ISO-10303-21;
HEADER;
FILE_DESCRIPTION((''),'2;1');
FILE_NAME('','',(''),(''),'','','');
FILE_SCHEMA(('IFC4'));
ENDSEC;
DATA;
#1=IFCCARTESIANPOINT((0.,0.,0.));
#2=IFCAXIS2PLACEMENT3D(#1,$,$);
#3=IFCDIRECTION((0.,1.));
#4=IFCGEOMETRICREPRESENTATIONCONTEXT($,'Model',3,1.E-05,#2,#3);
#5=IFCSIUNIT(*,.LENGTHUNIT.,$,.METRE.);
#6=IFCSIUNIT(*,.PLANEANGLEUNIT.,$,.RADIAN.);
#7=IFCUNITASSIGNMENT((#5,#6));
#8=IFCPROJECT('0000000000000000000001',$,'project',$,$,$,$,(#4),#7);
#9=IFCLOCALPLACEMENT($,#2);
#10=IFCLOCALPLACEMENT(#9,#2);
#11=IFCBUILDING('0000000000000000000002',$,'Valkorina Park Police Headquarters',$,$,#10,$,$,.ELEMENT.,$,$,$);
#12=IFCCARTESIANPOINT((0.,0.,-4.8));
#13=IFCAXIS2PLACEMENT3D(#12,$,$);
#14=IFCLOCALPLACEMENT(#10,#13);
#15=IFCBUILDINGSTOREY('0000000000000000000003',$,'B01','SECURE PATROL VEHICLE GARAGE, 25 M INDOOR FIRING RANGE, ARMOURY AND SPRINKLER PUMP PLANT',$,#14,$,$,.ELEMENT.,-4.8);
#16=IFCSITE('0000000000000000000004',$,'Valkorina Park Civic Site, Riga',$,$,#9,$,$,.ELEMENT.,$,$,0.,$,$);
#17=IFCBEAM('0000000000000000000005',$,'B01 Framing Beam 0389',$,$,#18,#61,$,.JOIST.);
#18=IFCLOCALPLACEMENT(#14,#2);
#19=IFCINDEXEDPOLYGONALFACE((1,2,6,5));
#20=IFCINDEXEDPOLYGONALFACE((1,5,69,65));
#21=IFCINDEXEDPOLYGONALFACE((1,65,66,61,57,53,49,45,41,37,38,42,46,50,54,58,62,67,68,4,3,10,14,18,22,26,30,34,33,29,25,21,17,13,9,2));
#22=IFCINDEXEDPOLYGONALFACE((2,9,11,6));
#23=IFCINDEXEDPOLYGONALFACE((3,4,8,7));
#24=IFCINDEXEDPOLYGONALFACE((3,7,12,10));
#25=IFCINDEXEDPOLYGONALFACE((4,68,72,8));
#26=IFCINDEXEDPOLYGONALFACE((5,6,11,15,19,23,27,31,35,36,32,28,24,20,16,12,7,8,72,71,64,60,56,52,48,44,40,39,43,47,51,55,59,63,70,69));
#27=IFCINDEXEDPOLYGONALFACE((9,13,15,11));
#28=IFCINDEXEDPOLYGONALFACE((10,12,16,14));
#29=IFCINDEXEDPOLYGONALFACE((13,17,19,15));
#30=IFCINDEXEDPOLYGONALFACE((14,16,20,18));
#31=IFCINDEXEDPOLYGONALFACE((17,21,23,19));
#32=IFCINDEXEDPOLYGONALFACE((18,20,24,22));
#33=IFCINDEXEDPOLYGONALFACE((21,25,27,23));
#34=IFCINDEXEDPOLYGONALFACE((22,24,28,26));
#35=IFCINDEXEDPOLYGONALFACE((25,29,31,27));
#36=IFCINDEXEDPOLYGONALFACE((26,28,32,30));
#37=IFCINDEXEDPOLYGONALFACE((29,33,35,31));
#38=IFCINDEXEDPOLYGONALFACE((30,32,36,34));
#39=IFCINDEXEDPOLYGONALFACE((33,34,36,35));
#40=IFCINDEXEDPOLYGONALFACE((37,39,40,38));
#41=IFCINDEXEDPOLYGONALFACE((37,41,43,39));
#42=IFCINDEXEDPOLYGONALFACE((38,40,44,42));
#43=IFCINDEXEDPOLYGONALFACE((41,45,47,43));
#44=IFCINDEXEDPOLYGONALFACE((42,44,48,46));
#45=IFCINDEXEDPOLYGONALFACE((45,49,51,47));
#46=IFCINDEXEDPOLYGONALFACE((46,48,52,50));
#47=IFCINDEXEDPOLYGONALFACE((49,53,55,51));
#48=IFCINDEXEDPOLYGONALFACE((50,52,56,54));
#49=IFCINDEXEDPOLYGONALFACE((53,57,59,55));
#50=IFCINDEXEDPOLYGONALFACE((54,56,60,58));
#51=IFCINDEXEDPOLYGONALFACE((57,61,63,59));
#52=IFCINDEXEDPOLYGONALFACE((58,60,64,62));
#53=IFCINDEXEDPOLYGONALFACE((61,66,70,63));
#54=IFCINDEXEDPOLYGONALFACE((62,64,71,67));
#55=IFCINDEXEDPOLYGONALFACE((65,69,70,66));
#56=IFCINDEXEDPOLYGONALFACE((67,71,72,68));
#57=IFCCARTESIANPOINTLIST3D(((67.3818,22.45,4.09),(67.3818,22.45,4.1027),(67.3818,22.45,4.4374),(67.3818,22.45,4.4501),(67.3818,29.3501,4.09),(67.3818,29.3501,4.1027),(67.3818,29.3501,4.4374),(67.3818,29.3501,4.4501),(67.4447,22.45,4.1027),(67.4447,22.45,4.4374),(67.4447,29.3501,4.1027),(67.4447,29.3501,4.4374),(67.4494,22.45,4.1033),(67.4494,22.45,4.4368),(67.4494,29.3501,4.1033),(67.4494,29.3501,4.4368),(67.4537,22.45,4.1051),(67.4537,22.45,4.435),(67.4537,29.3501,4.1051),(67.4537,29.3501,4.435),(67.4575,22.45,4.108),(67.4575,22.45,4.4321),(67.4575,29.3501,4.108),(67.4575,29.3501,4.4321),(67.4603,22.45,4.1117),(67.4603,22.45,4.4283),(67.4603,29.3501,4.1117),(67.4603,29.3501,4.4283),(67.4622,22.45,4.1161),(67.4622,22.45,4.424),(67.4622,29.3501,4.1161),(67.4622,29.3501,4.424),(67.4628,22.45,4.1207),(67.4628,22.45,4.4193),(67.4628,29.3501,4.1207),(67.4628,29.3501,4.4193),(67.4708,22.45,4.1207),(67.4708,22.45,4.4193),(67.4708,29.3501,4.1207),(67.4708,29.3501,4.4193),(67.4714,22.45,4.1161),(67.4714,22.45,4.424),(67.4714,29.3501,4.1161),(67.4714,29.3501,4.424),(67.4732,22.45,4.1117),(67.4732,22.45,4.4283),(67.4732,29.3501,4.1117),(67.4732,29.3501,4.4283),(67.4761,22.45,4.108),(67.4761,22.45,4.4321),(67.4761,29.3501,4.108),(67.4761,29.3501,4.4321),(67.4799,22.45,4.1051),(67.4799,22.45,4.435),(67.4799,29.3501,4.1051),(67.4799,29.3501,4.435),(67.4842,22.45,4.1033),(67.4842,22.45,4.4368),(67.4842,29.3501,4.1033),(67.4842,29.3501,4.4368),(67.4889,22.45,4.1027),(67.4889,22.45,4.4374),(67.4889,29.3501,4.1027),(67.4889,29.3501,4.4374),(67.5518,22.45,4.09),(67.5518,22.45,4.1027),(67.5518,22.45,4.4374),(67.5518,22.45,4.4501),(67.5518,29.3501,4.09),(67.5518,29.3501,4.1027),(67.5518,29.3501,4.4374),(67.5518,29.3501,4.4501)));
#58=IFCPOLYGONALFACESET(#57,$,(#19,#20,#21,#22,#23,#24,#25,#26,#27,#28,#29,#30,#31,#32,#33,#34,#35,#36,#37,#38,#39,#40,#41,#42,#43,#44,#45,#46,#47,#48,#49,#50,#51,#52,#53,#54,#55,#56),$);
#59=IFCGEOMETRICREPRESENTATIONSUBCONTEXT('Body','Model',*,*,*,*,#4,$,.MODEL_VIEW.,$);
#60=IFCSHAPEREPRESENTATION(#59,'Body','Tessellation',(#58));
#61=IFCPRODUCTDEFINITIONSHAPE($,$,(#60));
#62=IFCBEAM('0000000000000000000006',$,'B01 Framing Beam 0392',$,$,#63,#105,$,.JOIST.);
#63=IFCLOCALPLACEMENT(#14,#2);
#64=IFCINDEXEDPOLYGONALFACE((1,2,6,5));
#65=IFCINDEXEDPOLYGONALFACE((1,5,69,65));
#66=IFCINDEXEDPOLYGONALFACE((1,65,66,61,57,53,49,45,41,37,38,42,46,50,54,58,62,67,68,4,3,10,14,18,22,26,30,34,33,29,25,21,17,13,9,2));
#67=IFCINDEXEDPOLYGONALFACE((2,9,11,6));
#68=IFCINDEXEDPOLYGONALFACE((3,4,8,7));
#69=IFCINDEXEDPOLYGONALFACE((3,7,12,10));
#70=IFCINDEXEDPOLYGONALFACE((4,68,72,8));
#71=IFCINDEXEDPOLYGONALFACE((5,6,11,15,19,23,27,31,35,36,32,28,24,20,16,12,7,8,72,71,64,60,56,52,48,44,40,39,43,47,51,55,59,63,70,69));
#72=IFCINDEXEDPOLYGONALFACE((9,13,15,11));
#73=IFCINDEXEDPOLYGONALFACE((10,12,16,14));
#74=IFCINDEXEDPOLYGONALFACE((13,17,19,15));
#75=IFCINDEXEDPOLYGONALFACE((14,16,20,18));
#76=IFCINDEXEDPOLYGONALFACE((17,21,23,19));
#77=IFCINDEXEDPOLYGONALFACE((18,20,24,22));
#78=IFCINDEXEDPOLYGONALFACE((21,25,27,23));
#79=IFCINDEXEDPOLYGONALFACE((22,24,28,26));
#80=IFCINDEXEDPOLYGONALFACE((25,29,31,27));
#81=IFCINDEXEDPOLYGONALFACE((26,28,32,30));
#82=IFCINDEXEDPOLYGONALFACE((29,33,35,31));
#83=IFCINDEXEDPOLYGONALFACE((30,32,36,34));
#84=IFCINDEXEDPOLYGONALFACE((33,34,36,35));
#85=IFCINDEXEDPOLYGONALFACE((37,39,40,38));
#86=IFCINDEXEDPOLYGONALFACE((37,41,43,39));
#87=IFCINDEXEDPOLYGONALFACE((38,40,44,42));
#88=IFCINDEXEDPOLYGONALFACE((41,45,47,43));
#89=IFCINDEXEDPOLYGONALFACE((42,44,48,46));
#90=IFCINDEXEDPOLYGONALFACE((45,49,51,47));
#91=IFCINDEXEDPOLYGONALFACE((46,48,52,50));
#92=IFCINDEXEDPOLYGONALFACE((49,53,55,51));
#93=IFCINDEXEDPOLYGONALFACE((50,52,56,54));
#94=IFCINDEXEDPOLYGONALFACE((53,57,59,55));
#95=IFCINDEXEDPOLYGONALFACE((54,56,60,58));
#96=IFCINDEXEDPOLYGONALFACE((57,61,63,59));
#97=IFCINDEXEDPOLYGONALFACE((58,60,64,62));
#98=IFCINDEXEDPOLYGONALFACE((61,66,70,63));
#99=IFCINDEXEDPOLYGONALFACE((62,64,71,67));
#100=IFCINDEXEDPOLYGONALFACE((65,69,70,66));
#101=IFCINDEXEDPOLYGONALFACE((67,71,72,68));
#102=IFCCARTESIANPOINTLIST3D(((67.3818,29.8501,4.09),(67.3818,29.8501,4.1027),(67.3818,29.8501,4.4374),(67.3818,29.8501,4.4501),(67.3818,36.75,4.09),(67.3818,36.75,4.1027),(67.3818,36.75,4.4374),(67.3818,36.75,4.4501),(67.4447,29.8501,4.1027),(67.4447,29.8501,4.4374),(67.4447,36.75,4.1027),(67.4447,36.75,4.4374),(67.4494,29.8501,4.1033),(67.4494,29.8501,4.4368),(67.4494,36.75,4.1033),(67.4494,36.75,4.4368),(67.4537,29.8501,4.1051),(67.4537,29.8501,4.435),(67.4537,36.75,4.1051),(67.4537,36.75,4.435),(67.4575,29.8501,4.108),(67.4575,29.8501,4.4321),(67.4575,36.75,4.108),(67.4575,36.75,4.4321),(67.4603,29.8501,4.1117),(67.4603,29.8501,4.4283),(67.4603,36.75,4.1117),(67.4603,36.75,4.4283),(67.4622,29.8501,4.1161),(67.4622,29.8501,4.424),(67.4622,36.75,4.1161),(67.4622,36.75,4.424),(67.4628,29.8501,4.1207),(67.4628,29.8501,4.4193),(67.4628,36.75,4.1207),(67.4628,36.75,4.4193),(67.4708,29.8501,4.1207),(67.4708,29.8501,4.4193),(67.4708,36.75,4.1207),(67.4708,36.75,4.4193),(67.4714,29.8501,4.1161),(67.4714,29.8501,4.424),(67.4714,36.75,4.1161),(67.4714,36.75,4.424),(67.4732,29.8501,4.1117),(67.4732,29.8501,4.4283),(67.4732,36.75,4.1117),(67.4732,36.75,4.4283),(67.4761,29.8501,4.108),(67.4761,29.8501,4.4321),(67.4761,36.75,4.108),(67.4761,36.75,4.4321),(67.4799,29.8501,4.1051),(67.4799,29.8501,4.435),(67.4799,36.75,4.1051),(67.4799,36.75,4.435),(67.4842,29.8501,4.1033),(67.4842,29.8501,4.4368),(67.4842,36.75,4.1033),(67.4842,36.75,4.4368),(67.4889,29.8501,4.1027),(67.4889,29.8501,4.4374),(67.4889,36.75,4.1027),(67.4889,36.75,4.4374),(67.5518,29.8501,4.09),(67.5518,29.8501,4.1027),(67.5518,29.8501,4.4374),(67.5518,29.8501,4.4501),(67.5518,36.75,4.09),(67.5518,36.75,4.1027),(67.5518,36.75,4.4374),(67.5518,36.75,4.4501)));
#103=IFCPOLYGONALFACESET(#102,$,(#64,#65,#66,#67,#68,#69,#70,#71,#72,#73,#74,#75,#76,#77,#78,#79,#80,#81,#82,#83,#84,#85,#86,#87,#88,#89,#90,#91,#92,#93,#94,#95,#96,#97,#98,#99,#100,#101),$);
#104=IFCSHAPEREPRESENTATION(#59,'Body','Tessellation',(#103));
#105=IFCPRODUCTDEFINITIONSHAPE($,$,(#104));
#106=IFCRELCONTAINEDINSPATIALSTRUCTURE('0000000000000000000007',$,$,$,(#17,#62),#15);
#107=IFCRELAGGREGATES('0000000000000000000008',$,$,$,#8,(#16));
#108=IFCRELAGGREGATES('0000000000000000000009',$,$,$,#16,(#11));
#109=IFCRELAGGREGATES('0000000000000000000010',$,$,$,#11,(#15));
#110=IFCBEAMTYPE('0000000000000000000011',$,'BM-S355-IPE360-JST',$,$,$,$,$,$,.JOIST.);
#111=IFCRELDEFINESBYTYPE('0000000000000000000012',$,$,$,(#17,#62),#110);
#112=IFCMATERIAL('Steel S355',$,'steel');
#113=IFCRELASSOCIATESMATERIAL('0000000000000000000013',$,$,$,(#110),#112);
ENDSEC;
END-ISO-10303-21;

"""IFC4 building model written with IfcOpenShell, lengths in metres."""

from ifc_helpers import new_model, si_unit, direction, frame, origin, origin_2d, place, context, subcontext, project, spatial, i_section, extrude, material, material_profile, profile_set, type_object, element, save


model = new_model("IFC4")

# Units and contexts
model_context = context("Model", 3, precision=1e-05, world=origin(), true_north=direction((0.0, 1.0)))
body_context = subcontext(model_context, "Body", "Model", "MODEL_VIEW")
ifc_project = project(units=[si_unit("LENGTHUNIT", "METRE"), si_unit("PLANEANGLEUNIT", "RADIAN")], contexts=[model_context])

# Site, building, storey
site_placement = place(None, origin())
site = spatial("IfcSite", under=ifc_project, at=site_placement, Name="Valkorina Park Civic Site, Riga", CompositionType="ELEMENT", RefElevation=0.0)
building_placement = place(site_placement, origin())
building = spatial("IfcBuilding", under=site, at=building_placement, Name="Valkorina Park Police Headquarters", CompositionType="ELEMENT")
storey_placement = place(building_placement, frame((0.0, 0.0, -4.8)))
storey = spatial("IfcBuildingStorey", under=building, at=storey_placement, Name="B01", Description="SECURE PATROL VEHICLE GARAGE, 25 M INDOOR FIRING RANGE, ARMOURY AND SPRINKLER PUMP PLANT", CompositionType="ELEMENT", Elevation=-4.8)

# Beams
ifc_material_1 = material(Name="Steel S355", Category="steel")
ifc_material_profile_1 = material_profile(ifc_material_1, i_section(OverallWidth=0.1699, OverallDepth=0.3601, WebThickness=0.0081, FlangeThickness=0.0127, FilletRadius=0.0181, at=origin_2d()), Name="IPE 360")
ifc_profile_set_1 = profile_set([ifc_material_profile_1], Name="Steel S355")
beam_type_1 = type_object("IfcBeamType", Name="BM-S355-IPE360-JST", PredefinedType="JOIST", material=ifc_profile_set_1)
beam_1_placement = place(storey_placement, frame((67.4668, 22.45, 4.27), z_axis=(0.0, 1.0, 0.0), x_axis=(-1.0, 0.0, 0.0)))
element("IfcBeam", 1, at=beam_1_placement, inside=storey, type_object=beam_type_1, Name="B01 Framing Beam 0389", PredefinedType="JOIST", context=body_context, shape_type="SweptSolid", body=[
    extrude(i_section(OverallWidth=0.1699, OverallDepth=0.3601, WebThickness=0.0081, FlangeThickness=0.0127, FilletRadius=0.0181, at=origin_2d()), origin(), (0.0, 0.0, 1.0), 6.9001),
])
beam_2_placement = place(storey_placement, frame((67.4668, 29.8501, 4.27), z_axis=(0.0, 1.0, 0.0), x_axis=(-1.0, 0.0, 0.0)))
element("IfcBeam", 2, at=beam_2_placement, inside=storey, type_object=beam_type_1, Name="B01 Framing Beam 0392", PredefinedType="JOIST", context=body_context, shape_type="SweptSolid", body=[
    extrude(i_section(OverallWidth=0.1699, OverallDepth=0.3601, WebThickness=0.0081, FlangeThickness=0.0127, FilletRadius=0.0181, at=origin_2d()), origin(), (0.0, 0.0, 1.0), 6.8999),
])

save(model, "model.ifc")
